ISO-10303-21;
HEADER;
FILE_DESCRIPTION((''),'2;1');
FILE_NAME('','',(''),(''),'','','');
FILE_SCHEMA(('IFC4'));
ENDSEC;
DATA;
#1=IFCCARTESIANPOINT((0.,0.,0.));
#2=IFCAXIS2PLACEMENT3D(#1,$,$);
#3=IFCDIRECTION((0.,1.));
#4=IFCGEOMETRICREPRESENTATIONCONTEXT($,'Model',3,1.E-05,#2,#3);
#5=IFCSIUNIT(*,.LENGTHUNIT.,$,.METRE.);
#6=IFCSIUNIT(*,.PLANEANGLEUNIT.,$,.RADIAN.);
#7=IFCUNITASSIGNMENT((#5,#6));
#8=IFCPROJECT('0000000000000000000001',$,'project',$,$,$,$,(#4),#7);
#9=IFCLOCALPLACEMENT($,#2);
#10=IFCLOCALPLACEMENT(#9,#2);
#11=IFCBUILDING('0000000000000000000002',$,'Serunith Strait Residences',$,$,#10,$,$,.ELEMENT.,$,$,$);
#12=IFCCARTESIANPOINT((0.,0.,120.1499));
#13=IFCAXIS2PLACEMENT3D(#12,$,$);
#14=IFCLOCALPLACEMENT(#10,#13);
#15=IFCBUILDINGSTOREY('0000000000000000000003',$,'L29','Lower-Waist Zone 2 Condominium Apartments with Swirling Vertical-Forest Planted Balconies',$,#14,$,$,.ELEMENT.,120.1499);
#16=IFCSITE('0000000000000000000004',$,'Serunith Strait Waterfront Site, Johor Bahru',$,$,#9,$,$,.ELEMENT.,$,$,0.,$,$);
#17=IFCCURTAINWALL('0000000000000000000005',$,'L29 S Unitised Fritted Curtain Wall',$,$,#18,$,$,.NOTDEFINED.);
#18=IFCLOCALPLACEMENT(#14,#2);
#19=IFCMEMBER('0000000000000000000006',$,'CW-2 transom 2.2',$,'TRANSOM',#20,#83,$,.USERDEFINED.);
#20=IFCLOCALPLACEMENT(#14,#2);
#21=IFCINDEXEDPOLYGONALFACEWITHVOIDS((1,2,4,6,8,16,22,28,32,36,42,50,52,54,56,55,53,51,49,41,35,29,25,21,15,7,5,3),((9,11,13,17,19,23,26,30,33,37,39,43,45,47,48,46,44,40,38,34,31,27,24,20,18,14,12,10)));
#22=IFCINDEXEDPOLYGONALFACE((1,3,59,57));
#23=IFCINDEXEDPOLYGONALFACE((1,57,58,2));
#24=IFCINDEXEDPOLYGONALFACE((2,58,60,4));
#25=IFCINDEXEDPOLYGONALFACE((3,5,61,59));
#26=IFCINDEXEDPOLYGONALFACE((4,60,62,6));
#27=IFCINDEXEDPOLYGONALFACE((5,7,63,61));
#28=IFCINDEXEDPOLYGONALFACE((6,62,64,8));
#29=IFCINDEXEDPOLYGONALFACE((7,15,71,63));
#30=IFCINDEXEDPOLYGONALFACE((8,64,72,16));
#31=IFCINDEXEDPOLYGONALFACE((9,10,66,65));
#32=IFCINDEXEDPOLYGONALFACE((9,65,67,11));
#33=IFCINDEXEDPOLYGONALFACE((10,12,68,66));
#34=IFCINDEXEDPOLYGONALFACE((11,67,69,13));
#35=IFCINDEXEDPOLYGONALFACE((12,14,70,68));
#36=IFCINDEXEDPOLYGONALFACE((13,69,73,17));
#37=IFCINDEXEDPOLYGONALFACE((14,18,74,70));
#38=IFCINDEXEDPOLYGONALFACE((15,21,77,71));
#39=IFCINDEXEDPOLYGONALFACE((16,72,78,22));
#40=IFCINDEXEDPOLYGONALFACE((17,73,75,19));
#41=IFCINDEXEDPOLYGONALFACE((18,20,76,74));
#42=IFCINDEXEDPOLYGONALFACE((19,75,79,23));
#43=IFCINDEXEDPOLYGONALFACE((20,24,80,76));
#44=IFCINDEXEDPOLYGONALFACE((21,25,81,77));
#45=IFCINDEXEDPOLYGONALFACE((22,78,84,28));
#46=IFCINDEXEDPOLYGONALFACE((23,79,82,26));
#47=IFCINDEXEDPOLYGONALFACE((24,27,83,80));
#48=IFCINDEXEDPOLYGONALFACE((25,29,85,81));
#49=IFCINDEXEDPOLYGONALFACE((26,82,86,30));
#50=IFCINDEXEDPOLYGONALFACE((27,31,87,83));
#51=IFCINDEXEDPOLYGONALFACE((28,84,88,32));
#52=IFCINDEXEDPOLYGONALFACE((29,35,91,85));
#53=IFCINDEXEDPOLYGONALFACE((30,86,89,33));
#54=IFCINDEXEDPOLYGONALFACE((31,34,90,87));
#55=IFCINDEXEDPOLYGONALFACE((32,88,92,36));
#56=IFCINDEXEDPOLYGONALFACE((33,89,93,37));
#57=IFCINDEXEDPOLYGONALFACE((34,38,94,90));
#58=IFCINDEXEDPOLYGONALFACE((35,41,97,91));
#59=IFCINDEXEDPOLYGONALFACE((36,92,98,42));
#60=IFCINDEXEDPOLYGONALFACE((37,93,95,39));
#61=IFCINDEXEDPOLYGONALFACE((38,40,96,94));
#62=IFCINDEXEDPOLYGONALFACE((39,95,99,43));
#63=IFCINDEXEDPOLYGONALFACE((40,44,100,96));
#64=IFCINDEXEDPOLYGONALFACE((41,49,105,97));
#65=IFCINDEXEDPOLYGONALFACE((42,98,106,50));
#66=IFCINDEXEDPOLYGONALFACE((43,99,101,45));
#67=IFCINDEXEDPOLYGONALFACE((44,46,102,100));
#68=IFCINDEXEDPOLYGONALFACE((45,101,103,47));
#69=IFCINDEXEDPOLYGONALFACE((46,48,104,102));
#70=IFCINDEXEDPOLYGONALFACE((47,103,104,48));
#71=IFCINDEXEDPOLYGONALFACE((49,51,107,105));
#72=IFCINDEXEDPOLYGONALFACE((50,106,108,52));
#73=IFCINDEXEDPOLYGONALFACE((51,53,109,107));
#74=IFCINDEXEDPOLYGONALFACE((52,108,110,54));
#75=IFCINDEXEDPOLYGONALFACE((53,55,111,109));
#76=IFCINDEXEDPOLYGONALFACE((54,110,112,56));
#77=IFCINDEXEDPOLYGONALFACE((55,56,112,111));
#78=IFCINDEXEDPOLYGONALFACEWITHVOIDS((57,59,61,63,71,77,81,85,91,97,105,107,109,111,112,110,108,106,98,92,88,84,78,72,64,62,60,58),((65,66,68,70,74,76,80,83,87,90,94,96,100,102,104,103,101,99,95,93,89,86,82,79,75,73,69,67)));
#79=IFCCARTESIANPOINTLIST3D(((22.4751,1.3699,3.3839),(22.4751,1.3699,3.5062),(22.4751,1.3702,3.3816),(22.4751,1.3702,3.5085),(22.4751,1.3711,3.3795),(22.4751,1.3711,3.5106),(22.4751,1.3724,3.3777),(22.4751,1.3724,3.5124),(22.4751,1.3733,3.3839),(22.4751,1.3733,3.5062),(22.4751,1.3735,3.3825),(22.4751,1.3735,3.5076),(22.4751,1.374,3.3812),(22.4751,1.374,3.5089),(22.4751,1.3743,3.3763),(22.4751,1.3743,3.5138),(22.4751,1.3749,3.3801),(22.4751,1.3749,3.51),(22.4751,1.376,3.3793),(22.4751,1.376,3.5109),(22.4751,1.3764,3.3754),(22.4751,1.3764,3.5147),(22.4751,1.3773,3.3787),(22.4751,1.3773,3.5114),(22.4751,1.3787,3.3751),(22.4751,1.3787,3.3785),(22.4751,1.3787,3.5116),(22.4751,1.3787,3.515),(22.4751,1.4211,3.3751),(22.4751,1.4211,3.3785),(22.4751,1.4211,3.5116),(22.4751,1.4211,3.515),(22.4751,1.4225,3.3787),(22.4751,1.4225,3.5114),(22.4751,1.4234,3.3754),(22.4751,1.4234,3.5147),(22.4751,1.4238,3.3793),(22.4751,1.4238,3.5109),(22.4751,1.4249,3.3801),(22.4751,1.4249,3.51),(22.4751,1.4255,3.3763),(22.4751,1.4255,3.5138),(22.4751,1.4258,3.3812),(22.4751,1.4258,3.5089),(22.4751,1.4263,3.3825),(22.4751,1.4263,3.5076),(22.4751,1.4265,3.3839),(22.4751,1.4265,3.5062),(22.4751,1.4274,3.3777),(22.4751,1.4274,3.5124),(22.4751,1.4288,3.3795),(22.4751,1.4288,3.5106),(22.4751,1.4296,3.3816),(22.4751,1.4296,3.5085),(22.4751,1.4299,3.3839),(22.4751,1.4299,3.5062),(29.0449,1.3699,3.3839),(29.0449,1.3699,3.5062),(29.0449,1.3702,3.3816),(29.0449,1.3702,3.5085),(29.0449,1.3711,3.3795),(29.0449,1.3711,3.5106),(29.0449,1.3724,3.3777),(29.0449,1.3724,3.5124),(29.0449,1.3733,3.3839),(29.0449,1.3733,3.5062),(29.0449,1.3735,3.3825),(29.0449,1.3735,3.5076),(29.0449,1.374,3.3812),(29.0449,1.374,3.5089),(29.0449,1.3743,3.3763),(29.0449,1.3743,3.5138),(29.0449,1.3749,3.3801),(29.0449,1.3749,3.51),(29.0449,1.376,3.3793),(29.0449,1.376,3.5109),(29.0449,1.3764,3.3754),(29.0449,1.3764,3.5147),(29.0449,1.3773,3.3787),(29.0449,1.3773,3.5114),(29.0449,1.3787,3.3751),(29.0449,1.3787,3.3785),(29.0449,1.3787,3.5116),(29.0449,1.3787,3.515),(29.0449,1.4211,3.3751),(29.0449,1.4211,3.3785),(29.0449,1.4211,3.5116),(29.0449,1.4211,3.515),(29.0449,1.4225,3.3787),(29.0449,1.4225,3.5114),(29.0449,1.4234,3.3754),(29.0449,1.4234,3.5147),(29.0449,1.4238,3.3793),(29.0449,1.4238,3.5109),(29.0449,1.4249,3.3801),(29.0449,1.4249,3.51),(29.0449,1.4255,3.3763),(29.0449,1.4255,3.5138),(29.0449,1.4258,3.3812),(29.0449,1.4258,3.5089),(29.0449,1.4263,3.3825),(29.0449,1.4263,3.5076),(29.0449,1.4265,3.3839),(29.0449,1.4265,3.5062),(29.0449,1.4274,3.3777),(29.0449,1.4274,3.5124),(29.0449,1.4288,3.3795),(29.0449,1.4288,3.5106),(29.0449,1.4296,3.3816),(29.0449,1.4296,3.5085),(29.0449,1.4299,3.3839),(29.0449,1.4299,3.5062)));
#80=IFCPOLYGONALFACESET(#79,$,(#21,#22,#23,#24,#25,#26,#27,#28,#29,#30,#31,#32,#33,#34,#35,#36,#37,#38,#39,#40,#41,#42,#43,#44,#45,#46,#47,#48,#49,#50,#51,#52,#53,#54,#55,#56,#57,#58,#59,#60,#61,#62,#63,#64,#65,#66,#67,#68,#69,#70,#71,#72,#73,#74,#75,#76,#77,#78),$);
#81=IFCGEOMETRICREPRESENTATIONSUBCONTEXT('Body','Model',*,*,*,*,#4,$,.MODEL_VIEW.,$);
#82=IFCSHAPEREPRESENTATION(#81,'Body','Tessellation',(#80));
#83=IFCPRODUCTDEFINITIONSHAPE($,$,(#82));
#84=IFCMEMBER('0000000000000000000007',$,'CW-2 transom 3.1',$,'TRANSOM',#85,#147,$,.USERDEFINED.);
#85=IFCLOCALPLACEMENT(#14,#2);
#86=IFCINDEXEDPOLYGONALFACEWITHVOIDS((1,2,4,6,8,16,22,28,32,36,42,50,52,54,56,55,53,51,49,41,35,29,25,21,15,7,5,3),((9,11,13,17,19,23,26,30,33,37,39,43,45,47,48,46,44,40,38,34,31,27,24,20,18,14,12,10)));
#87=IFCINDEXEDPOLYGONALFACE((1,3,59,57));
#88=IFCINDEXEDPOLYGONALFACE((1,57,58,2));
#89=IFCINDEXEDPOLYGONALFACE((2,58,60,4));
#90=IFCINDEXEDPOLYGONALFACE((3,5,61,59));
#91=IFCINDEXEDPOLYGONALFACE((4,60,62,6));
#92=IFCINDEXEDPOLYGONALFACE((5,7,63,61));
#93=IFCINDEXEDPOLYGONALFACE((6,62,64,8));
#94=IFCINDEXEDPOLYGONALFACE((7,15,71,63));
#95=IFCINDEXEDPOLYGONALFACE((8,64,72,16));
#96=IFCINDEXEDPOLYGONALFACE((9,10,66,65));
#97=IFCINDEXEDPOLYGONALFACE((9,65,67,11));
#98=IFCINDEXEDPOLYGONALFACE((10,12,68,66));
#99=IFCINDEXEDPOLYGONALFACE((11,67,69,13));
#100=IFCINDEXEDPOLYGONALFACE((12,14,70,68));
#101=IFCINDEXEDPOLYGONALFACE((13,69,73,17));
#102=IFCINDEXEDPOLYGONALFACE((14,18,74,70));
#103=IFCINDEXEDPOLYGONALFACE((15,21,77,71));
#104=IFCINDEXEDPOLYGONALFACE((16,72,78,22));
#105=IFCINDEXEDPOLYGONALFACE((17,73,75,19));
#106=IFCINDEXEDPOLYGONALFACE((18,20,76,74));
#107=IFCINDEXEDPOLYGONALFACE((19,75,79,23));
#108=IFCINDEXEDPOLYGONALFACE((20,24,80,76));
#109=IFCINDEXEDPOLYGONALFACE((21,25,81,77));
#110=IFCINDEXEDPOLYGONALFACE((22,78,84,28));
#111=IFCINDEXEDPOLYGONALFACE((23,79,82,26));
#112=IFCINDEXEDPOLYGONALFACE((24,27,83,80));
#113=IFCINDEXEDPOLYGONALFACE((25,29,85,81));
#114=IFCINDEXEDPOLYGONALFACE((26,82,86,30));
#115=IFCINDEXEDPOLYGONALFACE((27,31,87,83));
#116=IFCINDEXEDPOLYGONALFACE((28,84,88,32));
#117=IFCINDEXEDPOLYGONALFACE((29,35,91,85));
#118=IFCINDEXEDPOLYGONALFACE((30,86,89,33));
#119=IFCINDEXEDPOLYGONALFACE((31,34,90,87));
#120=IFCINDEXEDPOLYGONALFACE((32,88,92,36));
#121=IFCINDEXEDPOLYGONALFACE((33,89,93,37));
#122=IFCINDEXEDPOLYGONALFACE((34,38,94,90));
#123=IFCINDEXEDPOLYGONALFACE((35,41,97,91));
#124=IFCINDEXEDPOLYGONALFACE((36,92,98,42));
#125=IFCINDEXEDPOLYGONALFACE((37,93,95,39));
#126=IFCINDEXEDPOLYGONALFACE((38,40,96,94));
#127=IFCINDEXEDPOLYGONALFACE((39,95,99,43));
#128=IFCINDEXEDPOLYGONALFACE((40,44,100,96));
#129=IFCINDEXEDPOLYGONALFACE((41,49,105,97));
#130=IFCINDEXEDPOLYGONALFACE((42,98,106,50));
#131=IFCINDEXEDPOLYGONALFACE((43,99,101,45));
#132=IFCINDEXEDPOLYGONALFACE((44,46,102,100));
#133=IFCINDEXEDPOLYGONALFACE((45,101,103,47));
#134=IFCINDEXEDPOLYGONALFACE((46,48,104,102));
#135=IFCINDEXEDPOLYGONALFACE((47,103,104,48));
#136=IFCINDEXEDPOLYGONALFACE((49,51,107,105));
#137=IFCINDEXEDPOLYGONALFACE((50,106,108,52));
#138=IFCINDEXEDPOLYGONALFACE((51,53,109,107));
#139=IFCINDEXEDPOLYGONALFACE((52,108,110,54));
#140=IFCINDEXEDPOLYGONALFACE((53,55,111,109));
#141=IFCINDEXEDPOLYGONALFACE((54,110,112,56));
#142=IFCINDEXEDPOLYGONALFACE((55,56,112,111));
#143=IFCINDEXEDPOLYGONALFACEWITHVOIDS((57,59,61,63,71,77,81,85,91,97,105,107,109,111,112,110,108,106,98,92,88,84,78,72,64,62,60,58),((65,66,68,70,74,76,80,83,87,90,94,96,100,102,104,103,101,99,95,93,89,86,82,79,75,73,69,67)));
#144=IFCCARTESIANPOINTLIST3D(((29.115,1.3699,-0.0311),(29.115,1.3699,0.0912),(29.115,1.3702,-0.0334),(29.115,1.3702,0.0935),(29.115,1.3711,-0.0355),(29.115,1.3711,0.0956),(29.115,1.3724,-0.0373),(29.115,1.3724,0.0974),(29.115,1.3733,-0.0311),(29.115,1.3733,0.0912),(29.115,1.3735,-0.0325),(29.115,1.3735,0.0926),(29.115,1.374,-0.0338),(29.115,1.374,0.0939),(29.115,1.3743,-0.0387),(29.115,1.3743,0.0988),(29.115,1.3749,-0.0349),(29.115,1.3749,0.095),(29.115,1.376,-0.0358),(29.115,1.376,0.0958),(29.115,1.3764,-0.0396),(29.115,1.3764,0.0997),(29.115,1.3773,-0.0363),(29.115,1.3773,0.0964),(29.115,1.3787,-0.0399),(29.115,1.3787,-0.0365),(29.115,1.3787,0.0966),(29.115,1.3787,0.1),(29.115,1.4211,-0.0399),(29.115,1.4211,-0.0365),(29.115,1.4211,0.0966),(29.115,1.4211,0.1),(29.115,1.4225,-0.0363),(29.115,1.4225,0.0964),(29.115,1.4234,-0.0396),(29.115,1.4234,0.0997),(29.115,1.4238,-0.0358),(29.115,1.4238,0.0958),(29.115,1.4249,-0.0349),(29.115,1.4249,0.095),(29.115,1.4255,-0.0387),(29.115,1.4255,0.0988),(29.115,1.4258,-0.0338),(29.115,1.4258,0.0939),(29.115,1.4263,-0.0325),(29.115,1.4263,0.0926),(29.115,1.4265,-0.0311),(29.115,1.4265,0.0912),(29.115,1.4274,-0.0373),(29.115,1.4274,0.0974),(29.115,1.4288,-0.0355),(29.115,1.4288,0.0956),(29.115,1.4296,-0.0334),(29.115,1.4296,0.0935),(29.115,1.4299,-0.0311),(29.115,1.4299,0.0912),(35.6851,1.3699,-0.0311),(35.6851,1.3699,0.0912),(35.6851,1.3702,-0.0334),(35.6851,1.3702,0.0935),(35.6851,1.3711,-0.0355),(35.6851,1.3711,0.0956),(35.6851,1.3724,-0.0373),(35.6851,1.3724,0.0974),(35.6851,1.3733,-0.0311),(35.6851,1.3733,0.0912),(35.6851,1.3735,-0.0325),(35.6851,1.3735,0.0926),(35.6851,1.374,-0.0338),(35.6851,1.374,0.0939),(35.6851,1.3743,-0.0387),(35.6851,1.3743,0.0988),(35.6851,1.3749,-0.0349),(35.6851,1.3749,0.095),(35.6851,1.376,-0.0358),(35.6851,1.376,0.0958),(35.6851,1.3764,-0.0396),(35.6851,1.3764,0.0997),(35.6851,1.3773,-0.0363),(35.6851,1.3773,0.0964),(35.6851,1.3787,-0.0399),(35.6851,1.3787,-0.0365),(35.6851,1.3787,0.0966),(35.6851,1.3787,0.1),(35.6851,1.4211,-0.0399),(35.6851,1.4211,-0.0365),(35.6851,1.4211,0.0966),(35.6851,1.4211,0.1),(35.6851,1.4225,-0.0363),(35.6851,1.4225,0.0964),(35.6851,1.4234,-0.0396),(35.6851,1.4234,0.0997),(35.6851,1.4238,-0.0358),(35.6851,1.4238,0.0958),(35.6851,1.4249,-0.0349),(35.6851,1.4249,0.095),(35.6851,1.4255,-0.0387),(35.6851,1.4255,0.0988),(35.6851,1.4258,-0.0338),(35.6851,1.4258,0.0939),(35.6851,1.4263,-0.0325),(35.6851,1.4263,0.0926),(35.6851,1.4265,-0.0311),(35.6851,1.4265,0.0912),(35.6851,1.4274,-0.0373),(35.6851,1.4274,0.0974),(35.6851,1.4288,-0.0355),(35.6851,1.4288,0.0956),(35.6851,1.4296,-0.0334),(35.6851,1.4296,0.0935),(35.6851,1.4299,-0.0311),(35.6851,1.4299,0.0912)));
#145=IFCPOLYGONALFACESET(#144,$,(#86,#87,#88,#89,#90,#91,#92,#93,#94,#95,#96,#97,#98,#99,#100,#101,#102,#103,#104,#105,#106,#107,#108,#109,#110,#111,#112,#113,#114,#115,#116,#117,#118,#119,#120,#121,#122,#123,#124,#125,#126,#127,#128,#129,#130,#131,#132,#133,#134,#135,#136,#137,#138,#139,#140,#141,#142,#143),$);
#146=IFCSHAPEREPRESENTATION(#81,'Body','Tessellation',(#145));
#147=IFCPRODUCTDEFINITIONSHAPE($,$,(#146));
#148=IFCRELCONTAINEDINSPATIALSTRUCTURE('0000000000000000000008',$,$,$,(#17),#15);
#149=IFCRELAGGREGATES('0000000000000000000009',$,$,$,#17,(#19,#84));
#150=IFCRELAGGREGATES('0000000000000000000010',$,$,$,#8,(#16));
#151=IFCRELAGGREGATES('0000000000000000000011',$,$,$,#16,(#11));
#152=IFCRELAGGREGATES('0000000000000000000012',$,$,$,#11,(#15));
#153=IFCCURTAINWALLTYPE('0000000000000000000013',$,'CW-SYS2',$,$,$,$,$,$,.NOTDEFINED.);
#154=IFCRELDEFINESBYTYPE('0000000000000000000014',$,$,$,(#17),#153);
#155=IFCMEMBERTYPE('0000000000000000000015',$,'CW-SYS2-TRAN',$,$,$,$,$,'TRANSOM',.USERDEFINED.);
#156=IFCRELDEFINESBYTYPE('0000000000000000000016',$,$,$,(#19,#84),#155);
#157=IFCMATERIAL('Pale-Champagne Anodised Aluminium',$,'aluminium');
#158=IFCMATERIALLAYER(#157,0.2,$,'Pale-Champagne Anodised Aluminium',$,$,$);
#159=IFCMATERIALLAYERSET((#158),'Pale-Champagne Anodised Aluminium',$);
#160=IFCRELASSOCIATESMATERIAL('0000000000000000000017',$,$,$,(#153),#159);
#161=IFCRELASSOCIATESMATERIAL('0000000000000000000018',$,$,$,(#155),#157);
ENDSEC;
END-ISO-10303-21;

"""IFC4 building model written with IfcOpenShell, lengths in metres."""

from ifc_helpers import new_model, si_unit, direction, frame, origin, origin_2d, place, context, subcontext, project, spatial, hollow_rectangle, extrude, source, transform, mapped, material, layer, layer_set, material_profile, profile_set, type_object, element, aggregate, save


model = new_model("IFC4")

# Units and contexts
model_context = context("Model", 3, precision=1e-05, world=origin(), true_north=direction((0.0, 1.0)))
body_context = subcontext(model_context, "Body", "Model", "MODEL_VIEW")
ifc_project = project(units=[si_unit("LENGTHUNIT", "METRE"), si_unit("PLANEANGLEUNIT", "RADIAN")], contexts=[model_context])

# Site, building, storey
site_placement = place(None, origin())
site = spatial("IfcSite", under=ifc_project, at=site_placement, Name="Serunith Strait Waterfront Site, Johor Bahru", CompositionType="ELEMENT", RefElevation=0.0)
building_placement = place(site_placement, origin())
building = spatial("IfcBuilding", under=site, at=building_placement, Name="Serunith Strait Residences", CompositionType="ELEMENT")
storey_placement = place(building_placement, frame((0.0, 0.0, 120.1499)))
storey = spatial("IfcBuildingStorey", under=building, at=storey_placement, Name="L29", Description="Lower-Waist Zone 2 Condominium Apartments with Swirling Vertical-Forest Planted Balconies", CompositionType="ELEMENT", Elevation=120.1499)

# Curtain wall, members
ifc_material_1 = material(Name="Pale-Champagne Anodised Aluminium", Category="aluminium")
ifc_layer_1 = layer(ifc_material_1, 0.2, Name="Pale-Champagne Anodised Aluminium")
ifc_layer_set_1 = layer_set([ifc_layer_1], Name="Pale-Champagne Anodised Aluminium")
curtain_wall_type = type_object("IfcCurtainWallType", Name="CW-SYS2", PredefinedType="NOTDEFINED", material=ifc_layer_set_1)
curtain_wall_placement = place(storey_placement, origin())
curtain_wall = element("IfcCurtainWall", 1, at=curtain_wall_placement, inside=storey, type_object=curtain_wall_type, Name="L29 S Unitised Fritted Curtain Wall", PredefinedType="NOTDEFINED")
ifc_material_profile_1 = material_profile(ifc_material_1, hollow_rectangle(XDim=0.0601, YDim=0.1399, WallThickness=0.0034, InnerFilletRadius=0.0054, OuterFilletRadius=0.0088, at=origin_2d()), Name="ALU 140x60x3.5")
ifc_profile_set_1 = profile_set([ifc_material_profile_1], Name="Pale-Champagne Anodised Aluminium")
member_type_1 = type_object("IfcMemberType", Name="CW-SYS2-TRAN", ElementType="TRANSOM", PredefinedType="USERDEFINED", material=ifc_profile_set_1)
shared_shape_1 = source(origin(), body_context, "Body", "SweptSolid", [
    extrude(hollow_rectangle(XDim=0.0601, YDim=0.1399, WallThickness=0.0034, InnerFilletRadius=0.0054, OuterFilletRadius=0.0088, at=origin_2d()), origin(), (0.0, 0.0, 1.0), 6.5698),
])
member_1_placement = place(storey_placement, frame((22.4751, 1.3999, 3.4451), z_axis=(1.0, 0.0, 0.0), x_axis=(0.0, 1.0, 0.0)))
member_1 = element("IfcMember", 2, at=member_1_placement, type_object=member_type_1, Name="CW-2 transom 2.2", ObjectType="TRANSOM", PredefinedType="USERDEFINED", context=body_context, shape_type="MappedRepresentation", body=[
    mapped(shared_shape_1, transform((0.0, 0.0, 0.0), scale=1.0)),
])
shared_shape_2 = source(origin(), body_context, "Body", "SweptSolid", [
    extrude(hollow_rectangle(XDim=0.0601, YDim=0.1399, WallThickness=0.0034, InnerFilletRadius=0.0054, OuterFilletRadius=0.0088, at=origin_2d()), origin(), (0.0, 0.0, 1.0), 6.5701),
])
member_2_placement = place(storey_placement, frame((29.115, 1.3999, 0.03), z_axis=(1.0, 0.0, 0.0), x_axis=(0.0, 1.0, 0.0)))
member_2 = element("IfcMember", 3, at=member_2_placement, type_object=member_type_1, Name="CW-2 transom 3.1", ObjectType="TRANSOM", PredefinedType="USERDEFINED", context=body_context, shape_type="MappedRepresentation", body=[
    mapped(shared_shape_2, transform((0.0, 0.0, 0.0), scale=1.0)),
])
aggregate(curtain_wall, [member_1, member_2])

save(model, "model.ifc")
